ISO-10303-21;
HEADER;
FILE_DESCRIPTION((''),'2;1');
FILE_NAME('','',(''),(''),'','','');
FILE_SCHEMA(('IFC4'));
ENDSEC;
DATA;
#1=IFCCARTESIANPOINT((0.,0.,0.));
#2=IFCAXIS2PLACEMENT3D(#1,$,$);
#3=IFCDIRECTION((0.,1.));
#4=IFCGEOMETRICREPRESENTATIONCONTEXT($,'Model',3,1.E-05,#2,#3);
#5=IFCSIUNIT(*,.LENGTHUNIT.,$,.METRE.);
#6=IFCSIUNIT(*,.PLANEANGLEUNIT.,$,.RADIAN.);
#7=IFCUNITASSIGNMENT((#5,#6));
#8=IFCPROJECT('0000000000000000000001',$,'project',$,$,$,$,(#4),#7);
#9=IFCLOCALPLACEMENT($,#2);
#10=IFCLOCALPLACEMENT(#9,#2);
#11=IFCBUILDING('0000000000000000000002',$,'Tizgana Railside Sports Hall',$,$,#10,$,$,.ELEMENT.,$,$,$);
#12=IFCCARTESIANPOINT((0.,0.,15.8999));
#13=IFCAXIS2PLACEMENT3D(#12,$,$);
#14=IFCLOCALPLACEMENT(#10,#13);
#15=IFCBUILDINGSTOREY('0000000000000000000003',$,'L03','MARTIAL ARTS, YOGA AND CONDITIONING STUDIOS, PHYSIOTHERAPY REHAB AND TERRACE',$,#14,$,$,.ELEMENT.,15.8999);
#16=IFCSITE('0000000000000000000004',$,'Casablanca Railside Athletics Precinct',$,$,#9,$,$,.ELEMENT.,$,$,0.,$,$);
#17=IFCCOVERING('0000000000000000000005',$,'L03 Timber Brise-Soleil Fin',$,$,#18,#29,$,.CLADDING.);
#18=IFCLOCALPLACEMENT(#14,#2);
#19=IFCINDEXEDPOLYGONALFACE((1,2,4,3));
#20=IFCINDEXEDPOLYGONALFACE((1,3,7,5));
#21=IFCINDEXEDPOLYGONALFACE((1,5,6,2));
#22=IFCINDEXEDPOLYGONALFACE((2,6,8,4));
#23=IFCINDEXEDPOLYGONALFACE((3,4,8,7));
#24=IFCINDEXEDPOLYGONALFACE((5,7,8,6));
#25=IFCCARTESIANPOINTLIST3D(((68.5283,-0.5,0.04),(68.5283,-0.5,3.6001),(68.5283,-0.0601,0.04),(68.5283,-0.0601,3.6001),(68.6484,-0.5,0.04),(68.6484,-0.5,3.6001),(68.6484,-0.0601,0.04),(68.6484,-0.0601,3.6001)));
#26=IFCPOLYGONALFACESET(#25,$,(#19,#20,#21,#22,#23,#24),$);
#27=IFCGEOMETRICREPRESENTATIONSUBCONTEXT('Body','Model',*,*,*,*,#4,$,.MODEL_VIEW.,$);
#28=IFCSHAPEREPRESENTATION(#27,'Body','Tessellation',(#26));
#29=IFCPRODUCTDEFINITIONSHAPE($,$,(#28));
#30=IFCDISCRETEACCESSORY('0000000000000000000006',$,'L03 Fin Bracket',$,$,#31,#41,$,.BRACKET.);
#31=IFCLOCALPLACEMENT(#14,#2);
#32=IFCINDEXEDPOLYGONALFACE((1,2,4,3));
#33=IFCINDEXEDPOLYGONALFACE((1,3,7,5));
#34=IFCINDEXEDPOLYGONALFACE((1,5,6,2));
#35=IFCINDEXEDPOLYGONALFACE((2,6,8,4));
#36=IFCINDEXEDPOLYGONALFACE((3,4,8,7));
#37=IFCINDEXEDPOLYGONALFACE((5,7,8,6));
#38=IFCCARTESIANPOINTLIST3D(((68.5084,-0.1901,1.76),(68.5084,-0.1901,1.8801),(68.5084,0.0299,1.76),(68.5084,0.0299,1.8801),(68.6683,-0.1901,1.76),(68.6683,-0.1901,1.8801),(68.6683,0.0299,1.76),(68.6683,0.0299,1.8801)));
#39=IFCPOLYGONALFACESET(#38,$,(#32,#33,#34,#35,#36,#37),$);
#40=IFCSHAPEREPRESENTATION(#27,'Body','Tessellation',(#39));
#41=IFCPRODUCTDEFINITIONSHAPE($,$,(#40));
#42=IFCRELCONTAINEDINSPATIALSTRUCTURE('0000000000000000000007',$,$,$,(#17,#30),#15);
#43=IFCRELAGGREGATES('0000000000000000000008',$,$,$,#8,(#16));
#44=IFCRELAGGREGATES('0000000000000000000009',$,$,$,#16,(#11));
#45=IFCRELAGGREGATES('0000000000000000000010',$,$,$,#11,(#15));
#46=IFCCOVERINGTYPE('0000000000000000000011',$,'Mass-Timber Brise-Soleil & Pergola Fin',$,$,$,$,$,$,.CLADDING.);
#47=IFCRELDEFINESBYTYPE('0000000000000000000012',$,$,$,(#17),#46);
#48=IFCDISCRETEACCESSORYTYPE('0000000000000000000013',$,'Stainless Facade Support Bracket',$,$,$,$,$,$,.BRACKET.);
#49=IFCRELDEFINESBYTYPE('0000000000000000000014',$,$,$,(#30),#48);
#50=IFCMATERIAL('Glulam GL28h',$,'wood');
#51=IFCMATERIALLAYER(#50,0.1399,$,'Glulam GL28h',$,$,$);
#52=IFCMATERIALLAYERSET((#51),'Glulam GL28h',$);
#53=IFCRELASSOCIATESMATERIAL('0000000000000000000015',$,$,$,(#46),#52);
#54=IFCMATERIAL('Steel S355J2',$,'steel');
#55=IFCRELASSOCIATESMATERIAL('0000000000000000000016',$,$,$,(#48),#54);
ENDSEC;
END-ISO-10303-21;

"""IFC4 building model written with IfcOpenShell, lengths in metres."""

from ifc_helpers import new_model, si_unit, direction, frame, origin, origin_2d, place, context, subcontext, project, spatial, rectangle, extrude, material, layer, layer_set, type_object, element, save


model = new_model("IFC4")

# Units and contexts
model_context = context("Model", 3, precision=1e-05, world=origin(), true_north=direction((0.0, 1.0)))
body_context = subcontext(model_context, "Body", "Model", "MODEL_VIEW")
ifc_project = project(units=[si_unit("LENGTHUNIT", "METRE"), si_unit("PLANEANGLEUNIT", "RADIAN")], contexts=[model_context])

# Site, building, storey
site_placement = place(None, origin())
site = spatial("IfcSite", under=ifc_project, at=site_placement, Name="Casablanca Railside Athletics Precinct", CompositionType="ELEMENT", RefElevation=0.0)
building_placement = place(site_placement, origin())
building = spatial("IfcBuilding", under=site, at=building_placement, Name="Tizgana Railside Sports Hall", CompositionType="ELEMENT")
storey_placement = place(building_placement, frame((0.0, 0.0, 15.8999)))
storey = spatial("IfcBuildingStorey", under=building, at=storey_placement, Name="L03", Description="MARTIAL ARTS, YOGA AND CONDITIONING STUDIOS, PHYSIOTHERAPY REHAB AND TERRACE", CompositionType="ELEMENT", Elevation=15.8999)

# Covering
ifc_material_1 = material(Name="Glulam GL28h", Category="wood")
ifc_layer_1 = layer(ifc_material_1, 0.1399, Name="Glulam GL28h")
ifc_layer_set_1 = layer_set([ifc_layer_1], Name="Glulam GL28h")
covering_type = type_object("IfcCoveringType", Name="Mass-Timber Brise-Soleil & Pergola Fin", PredefinedType="CLADDING", material=ifc_layer_set_1)
covering_placement = place(storey_placement, frame((68.5884, -0.28, 0.04), z_axis=(0.0, 0.0, 1.0), x_axis=(-1.0, 0.0, 0.0)))
element("IfcCovering", 1, at=covering_placement, inside=storey, type_object=covering_type, Name="L03 Timber Brise-Soleil Fin", PredefinedType="CLADDING", context=body_context, shape_type="SweptSolid", body=[
    extrude(rectangle(XDim=0.1201, YDim=0.4399, at=origin_2d()), origin(), (0.0, 0.0, 1.0), 3.5601),
])

# Discrete accessory
ifc_material_2 = material(Name="Steel S355J2", Category="steel")
discrete_accessory_type = type_object("IfcDiscreteAccessoryType", Name="Stainless Facade Support Bracket", PredefinedType="BRACKET", material=ifc_material_2)
discrete_accessory_placement = place(storey_placement, frame((68.5884, -0.0801, 1.76), z_axis=(0.0, 0.0, 1.0), x_axis=(-1.0, 0.0, 0.0)))
element("IfcDiscreteAccessory", 2, at=discrete_accessory_placement, inside=storey, type_object=discrete_accessory_type, Name="L03 Fin Bracket", PredefinedType="BRACKET", context=body_context, shape_type="SweptSolid", body=[
    extrude(rectangle(XDim=0.1599, YDim=0.22, at=origin_2d()), origin(), (0.0, 0.0, 1.0), 0.1201),
])

save(model, "model.ifc")
